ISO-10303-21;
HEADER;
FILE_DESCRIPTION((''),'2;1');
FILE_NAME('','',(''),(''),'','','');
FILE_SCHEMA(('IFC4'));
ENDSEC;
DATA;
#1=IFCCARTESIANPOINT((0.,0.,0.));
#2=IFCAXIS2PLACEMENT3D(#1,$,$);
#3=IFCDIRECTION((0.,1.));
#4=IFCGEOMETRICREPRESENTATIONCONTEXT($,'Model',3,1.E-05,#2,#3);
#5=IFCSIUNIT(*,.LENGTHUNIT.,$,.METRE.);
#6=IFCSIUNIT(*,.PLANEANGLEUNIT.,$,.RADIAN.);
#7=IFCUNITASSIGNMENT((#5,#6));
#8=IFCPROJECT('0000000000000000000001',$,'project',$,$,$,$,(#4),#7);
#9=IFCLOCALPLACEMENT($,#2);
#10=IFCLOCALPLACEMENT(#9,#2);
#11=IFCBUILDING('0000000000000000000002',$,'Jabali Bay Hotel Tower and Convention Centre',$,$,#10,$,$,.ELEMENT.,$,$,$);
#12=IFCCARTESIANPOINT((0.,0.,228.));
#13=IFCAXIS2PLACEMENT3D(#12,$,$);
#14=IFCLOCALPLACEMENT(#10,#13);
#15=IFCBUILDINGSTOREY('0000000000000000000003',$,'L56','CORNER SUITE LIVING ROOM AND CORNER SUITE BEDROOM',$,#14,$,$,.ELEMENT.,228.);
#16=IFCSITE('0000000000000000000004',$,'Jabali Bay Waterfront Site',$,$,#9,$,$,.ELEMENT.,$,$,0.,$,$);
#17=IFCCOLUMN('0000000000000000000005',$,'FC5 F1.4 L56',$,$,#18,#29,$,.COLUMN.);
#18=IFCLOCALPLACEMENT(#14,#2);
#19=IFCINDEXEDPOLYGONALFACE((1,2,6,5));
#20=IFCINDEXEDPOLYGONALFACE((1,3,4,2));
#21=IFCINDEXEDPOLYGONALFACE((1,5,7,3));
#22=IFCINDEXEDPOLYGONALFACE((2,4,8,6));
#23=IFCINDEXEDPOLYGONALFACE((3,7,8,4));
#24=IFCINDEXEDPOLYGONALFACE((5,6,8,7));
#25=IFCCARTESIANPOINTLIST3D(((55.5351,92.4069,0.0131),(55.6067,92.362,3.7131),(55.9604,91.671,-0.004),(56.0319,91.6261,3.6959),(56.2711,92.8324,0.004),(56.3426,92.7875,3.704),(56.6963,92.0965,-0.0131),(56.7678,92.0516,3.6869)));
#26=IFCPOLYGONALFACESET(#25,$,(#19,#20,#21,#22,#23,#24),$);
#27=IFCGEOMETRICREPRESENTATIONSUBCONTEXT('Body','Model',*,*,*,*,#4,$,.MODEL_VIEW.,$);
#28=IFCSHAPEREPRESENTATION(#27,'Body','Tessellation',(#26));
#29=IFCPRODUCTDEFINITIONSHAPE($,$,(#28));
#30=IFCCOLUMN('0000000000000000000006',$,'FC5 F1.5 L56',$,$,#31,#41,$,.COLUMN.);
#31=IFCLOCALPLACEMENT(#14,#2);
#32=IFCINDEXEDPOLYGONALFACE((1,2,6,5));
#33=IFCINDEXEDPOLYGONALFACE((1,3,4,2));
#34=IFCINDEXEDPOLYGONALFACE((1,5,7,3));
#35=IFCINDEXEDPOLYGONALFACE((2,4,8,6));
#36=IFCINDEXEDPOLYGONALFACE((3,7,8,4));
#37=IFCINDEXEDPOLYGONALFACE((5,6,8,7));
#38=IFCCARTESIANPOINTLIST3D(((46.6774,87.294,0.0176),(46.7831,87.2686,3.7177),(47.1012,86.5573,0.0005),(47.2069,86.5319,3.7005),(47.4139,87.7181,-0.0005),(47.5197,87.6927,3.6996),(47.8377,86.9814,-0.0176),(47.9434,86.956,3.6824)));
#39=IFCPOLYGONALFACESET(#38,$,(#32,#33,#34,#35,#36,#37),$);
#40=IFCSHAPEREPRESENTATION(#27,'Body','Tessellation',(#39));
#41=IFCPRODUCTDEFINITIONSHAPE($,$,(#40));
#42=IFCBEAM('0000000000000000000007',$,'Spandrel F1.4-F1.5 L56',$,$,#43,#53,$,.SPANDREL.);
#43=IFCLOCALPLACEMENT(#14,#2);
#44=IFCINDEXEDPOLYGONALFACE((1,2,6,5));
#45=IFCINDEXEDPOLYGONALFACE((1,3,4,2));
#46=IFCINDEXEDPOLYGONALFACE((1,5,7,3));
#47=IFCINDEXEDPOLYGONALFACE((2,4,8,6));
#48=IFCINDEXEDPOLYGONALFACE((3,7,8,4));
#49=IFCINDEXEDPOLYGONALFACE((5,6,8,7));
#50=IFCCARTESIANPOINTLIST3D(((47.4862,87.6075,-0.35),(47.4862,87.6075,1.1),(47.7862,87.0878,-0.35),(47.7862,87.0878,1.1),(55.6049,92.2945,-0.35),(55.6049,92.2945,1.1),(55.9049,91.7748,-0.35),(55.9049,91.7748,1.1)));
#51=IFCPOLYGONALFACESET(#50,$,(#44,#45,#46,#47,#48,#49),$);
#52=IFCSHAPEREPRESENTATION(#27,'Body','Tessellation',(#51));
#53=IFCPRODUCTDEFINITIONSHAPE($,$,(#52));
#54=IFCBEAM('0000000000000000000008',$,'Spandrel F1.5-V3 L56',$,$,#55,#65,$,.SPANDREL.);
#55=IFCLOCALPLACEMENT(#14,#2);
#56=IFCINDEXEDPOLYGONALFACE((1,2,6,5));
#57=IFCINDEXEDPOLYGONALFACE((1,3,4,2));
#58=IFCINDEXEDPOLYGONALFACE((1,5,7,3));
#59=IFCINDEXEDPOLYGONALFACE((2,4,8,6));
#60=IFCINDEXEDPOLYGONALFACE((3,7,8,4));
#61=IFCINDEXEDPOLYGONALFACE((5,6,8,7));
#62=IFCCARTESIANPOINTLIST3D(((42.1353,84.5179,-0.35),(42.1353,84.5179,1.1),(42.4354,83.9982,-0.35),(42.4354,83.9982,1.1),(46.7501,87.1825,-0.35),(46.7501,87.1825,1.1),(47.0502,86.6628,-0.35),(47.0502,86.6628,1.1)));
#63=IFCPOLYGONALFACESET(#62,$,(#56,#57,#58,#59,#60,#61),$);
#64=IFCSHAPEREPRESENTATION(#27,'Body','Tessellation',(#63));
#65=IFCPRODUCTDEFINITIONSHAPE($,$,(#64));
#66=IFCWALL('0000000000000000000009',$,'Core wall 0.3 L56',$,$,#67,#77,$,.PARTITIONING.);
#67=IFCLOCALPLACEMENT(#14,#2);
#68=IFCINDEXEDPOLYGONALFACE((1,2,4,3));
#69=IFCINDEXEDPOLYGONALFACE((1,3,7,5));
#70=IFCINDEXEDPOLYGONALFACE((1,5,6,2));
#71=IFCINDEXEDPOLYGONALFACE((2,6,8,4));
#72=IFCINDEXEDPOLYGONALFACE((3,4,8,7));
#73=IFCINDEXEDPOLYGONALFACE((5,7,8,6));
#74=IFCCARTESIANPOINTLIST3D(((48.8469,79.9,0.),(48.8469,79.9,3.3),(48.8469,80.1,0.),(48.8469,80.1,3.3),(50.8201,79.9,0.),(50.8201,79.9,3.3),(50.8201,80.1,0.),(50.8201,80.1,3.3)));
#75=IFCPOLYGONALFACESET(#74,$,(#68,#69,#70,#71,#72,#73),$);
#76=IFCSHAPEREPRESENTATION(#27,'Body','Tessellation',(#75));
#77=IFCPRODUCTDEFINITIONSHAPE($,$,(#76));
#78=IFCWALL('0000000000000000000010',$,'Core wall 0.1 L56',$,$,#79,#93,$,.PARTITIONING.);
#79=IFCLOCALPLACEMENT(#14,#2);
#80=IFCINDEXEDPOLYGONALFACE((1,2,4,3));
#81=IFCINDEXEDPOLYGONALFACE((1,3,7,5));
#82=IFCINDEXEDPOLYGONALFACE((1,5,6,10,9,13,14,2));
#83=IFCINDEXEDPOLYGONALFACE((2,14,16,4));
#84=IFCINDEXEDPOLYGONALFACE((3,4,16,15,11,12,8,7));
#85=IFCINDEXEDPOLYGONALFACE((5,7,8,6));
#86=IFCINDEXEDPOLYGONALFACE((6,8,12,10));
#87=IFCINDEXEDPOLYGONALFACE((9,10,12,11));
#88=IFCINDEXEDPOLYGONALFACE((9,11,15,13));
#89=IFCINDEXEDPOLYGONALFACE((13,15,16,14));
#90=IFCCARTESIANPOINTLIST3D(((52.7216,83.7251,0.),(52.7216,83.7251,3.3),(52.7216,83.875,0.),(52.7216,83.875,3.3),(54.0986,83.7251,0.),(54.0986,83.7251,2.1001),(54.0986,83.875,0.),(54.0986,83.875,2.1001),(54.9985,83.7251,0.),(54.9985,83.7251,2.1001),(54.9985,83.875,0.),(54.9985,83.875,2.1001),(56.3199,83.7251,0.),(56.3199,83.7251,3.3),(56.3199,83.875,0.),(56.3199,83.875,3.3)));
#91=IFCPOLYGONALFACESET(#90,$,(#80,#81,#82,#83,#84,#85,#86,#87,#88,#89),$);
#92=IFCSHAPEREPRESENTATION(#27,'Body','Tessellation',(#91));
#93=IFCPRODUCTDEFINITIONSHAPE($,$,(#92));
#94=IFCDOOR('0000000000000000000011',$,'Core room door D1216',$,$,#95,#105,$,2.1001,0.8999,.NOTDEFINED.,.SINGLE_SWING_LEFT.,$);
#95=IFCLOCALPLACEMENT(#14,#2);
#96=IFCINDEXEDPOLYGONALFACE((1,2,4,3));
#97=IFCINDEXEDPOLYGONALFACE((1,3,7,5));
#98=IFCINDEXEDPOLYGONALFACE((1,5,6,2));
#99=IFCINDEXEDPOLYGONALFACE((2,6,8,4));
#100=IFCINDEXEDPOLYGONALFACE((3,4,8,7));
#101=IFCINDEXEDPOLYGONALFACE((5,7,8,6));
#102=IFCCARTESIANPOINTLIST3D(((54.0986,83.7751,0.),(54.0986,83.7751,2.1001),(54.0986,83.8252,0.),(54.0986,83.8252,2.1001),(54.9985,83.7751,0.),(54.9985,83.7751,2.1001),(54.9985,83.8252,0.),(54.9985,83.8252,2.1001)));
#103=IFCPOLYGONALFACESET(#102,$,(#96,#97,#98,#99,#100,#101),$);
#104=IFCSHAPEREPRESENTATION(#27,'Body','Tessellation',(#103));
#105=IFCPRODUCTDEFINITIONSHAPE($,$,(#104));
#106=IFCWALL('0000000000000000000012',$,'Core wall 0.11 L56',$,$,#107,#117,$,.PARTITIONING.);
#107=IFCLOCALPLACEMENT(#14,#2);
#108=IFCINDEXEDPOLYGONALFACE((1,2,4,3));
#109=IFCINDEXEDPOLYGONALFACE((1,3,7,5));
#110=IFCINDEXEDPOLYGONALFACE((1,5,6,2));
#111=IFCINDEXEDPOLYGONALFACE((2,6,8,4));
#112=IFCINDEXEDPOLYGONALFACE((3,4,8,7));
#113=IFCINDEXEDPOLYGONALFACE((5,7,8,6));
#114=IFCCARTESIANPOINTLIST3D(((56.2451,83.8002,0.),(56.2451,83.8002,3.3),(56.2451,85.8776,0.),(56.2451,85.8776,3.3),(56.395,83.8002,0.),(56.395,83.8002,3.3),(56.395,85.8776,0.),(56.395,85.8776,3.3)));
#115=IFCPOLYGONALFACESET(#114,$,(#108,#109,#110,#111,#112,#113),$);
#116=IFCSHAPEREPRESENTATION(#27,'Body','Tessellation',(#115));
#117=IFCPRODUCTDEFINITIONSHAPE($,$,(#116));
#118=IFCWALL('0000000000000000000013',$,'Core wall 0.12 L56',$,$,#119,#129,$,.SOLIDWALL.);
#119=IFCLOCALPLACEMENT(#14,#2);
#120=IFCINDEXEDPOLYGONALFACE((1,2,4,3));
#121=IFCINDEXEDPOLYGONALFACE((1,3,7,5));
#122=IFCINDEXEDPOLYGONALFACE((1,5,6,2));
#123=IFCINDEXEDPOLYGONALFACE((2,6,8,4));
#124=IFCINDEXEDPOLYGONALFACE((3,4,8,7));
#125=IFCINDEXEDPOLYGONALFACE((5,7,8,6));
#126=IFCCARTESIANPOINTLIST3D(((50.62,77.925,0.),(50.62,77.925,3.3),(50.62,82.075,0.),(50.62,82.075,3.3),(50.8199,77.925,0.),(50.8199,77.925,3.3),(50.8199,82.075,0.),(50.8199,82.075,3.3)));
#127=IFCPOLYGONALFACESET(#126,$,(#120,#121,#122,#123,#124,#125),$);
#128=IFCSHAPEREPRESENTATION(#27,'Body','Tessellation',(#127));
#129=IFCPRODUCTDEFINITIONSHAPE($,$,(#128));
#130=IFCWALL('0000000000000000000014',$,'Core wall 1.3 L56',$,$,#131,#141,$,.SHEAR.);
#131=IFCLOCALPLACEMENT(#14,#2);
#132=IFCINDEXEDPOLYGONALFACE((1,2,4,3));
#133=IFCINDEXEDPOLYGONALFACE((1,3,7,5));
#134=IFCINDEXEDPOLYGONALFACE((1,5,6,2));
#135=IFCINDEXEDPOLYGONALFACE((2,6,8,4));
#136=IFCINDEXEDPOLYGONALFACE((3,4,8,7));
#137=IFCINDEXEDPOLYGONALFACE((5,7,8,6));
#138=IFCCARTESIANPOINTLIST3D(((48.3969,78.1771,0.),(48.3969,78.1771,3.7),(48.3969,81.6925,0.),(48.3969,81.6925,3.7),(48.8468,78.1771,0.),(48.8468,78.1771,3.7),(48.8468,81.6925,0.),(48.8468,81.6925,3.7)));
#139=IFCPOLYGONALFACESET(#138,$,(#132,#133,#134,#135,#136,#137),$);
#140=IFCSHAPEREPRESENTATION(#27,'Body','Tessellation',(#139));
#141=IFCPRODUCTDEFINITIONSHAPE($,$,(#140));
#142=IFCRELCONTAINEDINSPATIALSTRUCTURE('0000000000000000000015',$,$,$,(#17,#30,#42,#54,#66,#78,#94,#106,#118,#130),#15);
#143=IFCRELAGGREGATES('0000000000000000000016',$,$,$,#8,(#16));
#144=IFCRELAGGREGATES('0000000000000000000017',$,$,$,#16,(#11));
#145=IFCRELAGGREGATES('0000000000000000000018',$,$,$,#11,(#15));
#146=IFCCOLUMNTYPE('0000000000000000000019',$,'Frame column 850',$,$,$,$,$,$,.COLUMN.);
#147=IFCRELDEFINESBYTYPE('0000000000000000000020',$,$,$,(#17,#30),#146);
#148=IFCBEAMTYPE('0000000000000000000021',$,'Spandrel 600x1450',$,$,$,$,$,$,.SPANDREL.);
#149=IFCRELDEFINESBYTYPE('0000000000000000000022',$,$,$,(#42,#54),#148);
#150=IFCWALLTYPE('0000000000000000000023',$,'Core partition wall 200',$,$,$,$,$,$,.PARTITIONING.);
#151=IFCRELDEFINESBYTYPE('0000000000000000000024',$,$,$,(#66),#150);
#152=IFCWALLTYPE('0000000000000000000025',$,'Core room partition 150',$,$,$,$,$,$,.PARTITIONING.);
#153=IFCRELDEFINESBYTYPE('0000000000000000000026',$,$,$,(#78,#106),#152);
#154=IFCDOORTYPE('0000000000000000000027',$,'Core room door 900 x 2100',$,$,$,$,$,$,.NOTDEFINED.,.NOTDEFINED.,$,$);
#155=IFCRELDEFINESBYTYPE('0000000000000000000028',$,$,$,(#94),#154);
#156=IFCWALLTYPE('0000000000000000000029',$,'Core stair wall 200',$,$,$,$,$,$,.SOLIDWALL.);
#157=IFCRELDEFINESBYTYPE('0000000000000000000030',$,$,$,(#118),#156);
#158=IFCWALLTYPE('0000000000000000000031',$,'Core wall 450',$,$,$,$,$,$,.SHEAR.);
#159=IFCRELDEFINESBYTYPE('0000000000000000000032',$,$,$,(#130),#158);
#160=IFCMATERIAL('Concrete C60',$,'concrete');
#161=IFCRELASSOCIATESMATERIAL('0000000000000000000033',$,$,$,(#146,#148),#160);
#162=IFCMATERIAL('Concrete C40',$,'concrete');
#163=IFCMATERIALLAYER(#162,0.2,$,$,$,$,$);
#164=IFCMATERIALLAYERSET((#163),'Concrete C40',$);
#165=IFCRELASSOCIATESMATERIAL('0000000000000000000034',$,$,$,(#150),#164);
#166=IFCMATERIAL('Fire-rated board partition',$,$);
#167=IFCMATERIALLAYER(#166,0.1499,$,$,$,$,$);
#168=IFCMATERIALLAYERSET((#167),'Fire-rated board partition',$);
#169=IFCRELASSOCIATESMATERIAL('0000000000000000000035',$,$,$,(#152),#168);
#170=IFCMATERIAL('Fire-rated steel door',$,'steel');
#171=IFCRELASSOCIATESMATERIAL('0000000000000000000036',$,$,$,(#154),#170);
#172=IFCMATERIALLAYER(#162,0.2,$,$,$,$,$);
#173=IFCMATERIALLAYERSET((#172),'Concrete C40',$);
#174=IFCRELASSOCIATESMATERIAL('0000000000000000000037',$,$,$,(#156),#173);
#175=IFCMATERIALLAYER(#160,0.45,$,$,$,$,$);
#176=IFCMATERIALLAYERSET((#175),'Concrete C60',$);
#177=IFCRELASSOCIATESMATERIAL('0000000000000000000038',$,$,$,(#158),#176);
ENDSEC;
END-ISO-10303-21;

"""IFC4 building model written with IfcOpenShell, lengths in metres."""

from ifc_helpers import new_model, si_unit, direction, frame, frame_2d, origin, origin_2d, place, context, subcontext, project, spatial, rectangle, extrude, material, layer, layer_set, material_profile, profile_set, type_object, element, fill, save


model = new_model("IFC4")

# Units and contexts
model_context = context("Model", 3, precision=1e-05, world=origin(), true_north=direction((0.0, 1.0)))
body_context = subcontext(model_context, "Body", "Model", "MODEL_VIEW")
ifc_project = project(units=[si_unit("LENGTHUNIT", "METRE"), si_unit("PLANEANGLEUNIT", "RADIAN")], contexts=[model_context])

# Site, building, storey
site_placement = place(None, origin())
site = spatial("IfcSite", under=ifc_project, at=site_placement, Name="Jabali Bay Waterfront Site", CompositionType="ELEMENT", RefElevation=0.0)
building_placement = place(site_placement, origin())
building = spatial("IfcBuilding", under=site, at=building_placement, Name="Jabali Bay Hotel Tower and Convention Centre", CompositionType="ELEMENT")
storey_placement = place(building_placement, frame((0.0, 0.0, 228.0)))
storey = spatial("IfcBuildingStorey", under=building, at=storey_placement, Name="L56", Description="CORNER SUITE LIVING ROOM AND CORNER SUITE BEDROOM", CompositionType="ELEMENT", Elevation=228.0)

# Columns
ifc_material_1 = material(Name="Concrete C60", Category="concrete")
ifc_material_profile_1 = material_profile(ifc_material_1, rectangle(XDim=0.8501, YDim=0.8501, at=origin_2d()), Name="Frame column 850")
ifc_profile_set_1 = profile_set([ifc_material_profile_1], Name="Concrete C60")
column_type = type_object("IfcColumnType", Name="Frame column 850", PredefinedType="COLUMN", material=ifc_profile_set_1)
column_1_placement = place(storey_placement, frame((56.1157, 92.2517, 0.0), z_axis=(0.019329, -0.012138, 0.99974), x_axis=(-0.500206, 0.865671, 0.020181)))
element("IfcColumn", 1, at=column_1_placement, inside=storey, type_object=column_type, Name="FC5 F1.4 L56", PredefinedType="COLUMN", context=body_context, shape_type="SweptSolid", body=[
    extrude(rectangle(XDim=0.8501, YDim=0.8501, at=origin_2d()), origin(), (0.0, 0.0, 1.0), 3.7009),
])
column_2_placement = place(storey_placement, frame((47.2576, 87.1377, 0.0), z_axis=(0.028559, -0.006859, 0.999569), x_axis=(-0.498515, 0.866646, 0.020191)))
element("IfcColumn", 2, at=column_2_placement, inside=storey, type_object=column_type, Name="FC5 F1.5 L56", PredefinedType="COLUMN", context=body_context, shape_type="SweptSolid", body=[
    extrude(rectangle(XDim=0.8501, YDim=0.8501, at=origin_2d()), origin(), (0.0, 0.0, 1.0), 3.7017),
])

# Beams
ifc_material_profile_2 = material_profile(ifc_material_1, rectangle(XDim=0.6001, YDim=1.45, at=origin_2d()), Name="Spandrel 600x1450")
ifc_profile_set_2 = profile_set([ifc_material_profile_2], Name="Concrete C60")
beam_type = type_object("IfcBeamType", Name="Spandrel 600x1450", PredefinedType="SPANDREL", material=ifc_profile_set_2)
beam_1_placement = place(storey_placement, frame((55.7549, 92.0347, 0.375), z_axis=(-0.866039, -0.499976, 0.0), x_axis=(0.499976, -0.866039, 0.0)))
element("IfcBeam", 3, at=beam_1_placement, inside=storey, type_object=beam_type, Name="Spandrel F1.4-F1.5 L56", PredefinedType="SPANDREL", context=body_context, shape_type="SweptSolid", body=[
    extrude(rectangle(XDim=0.6001, YDim=1.45, at=origin_2d()), origin(), (0.0, 0.0, 1.0), 9.3745),
])
beam_2_placement = place(storey_placement, frame((46.9001, 86.9226, 0.375), z_axis=(-0.866007, -0.500032, 0.0), x_axis=(0.500032, -0.866007, 0.0)))
element("IfcBeam", 4, at=beam_2_placement, inside=storey, type_object=beam_type, Name="Spandrel F1.5-V3 L56", PredefinedType="SPANDREL", context=body_context, shape_type="SweptSolid", body=[
    extrude(rectangle(XDim=0.6001, YDim=1.45, at=origin_2d()), origin(), (0.0, 0.0, 1.0), 5.3289),
])

# Wall
ifc_material_2 = material(Name="Concrete C40", Category="concrete")
ifc_layer_1 = layer(ifc_material_2, 0.2)
ifc_layer_set_1 = layer_set([ifc_layer_1], Name="Concrete C40")
wall_type_1 = type_object("IfcWallType", Name="Core partition wall 200", PredefinedType="PARTITIONING", material=ifc_layer_set_1)
wall_1_placement = place(storey_placement, frame((50.8201, 80.0, 0.0), z_axis=(0.0, 0.0, 1.0), x_axis=(-1.0, 0.0, 0.0)))
element("IfcWall", 5, at=wall_1_placement, inside=storey, type_object=wall_type_1, Name="Core wall 0.3 L56", PredefinedType="PARTITIONING", context=body_context, shape_type="SweptSolid", body=[
    extrude(rectangle(XDim=1.9731, YDim=0.2, at=frame_2d((0.9866, 0.0))), origin(), (0.0, 0.0, 1.0), 3.3),
])

# Wall, opening, door
ifc_material_3 = material(Name="Fire-rated board partition")
ifc_layer_2 = layer(ifc_material_3, 0.1499)
ifc_layer_set_2 = layer_set([ifc_layer_2], Name="Fire-rated board partition")
wall_type_2 = type_object("IfcWallType", Name="Core room partition 150", PredefinedType="PARTITIONING", material=ifc_layer_set_2)
wall_2_placement = place(storey_placement, frame((56.3201, 83.8, 0.0), z_axis=(0.0, 0.0, 1.0), x_axis=(-1.0, 0.0, 0.0)))
wall_2 = element("IfcWall", 6, at=wall_2_placement, inside=storey, type_object=wall_type_2, Name="Core wall 0.1 L56", PredefinedType="PARTITIONING", context=body_context, shape_type="SweptSolid", body=[
    extrude(rectangle(XDim=3.5984, YDim=0.1499, at=frame_2d((1.7993, 0.0))), origin(), (0.0, 0.0, 1.0), 3.3),
])
opening_placement = place(wall_2_placement, frame((1.3215, 0.0, 0.0)))
opening = element("IfcOpeningElement", 7, at=opening_placement, cuts=wall_2, PredefinedType="OPENING", context=body_context, shape_type="SweptSolid", body=[
    extrude(rectangle(XDim=0.8999, YDim=2.1001, at=frame_2d((0.45, 1.05))), frame((0.0, 0.0854, 0.0), z_axis=(0.0, -1.0, 0.0), x_axis=(1.0, 0.0, 0.0)), (0.0, 0.0, 1.0), 0.1709),
])
ifc_material_4 = material(Name="Fire-rated steel door", Category="steel")
door_type = type_object("IfcDoorType", Name="Core room door 900 x 2100", OperationType="NOTDEFINED", PredefinedType="NOTDEFINED", material=ifc_material_4)
door_placement = place(opening_placement, origin())
door = element("IfcDoor", 8, at=door_placement, inside=storey, type_object=door_type, Name="Core room door D1216", OperationType="SINGLE_SWING_LEFT", OverallHeight=2.1001, OverallWidth=0.8999, PredefinedType="NOTDEFINED", context=body_context, shape_type="SweptSolid", body=[
    extrude(rectangle(XDim=0.8999, YDim=2.1001, at=frame_2d((0.45, 1.05))), frame((0.0, 0.0249, 0.0), z_axis=(0.0, -1.0, 0.0), x_axis=(1.0, 0.0, 0.0)), (0.0, 0.0, 1.0), 0.05),
])
fill(opening, door)

# Walls
wall_3_placement = place(storey_placement, frame((56.3201, 85.8774, 0.0), z_axis=(0.0, 0.0, 1.0), x_axis=(0.0, -1.0, 0.0)))
element("IfcWall", 9, at=wall_3_placement, inside=storey, type_object=wall_type_2, Name="Core wall 0.11 L56", PredefinedType="PARTITIONING", context=body_context, shape_type="SweptSolid", body=[
    extrude(rectangle(XDim=2.0774, YDim=0.1499, at=frame_2d((1.0386, 0.0))), origin(), (0.0, 0.0, 1.0), 3.3),
])
ifc_layer_3 = layer(ifc_material_2, 0.2)
ifc_layer_set_3 = layer_set([ifc_layer_3], Name="Concrete C40")
wall_type_3 = type_object("IfcWallType", Name="Core stair wall 200", PredefinedType="SOLIDWALL", material=ifc_layer_set_3)
wall_4_placement = place(storey_placement, frame((50.72, 82.075, 0.0), z_axis=(0.0, 0.0, 1.0), x_axis=(0.0, -1.0, 0.0)))
element("IfcWall", 10, at=wall_4_placement, inside=storey, type_object=wall_type_3, Name="Core wall 0.12 L56", PredefinedType="SOLIDWALL", context=body_context, shape_type="SweptSolid", body=[
    extrude(rectangle(XDim=4.1499, YDim=0.2, at=frame_2d((2.075, 0.0))), origin(), (0.0, 0.0, 1.0), 3.3),
])
ifc_layer_4 = layer(ifc_material_1, 0.45)
ifc_layer_set_4 = layer_set([ifc_layer_4], Name="Concrete C60")
wall_type_4 = type_object("IfcWallType", Name="Core wall 450", PredefinedType="SHEAR", material=ifc_layer_set_4)
wall_5_placement = place(storey_placement, frame((48.6218, 81.6926, 0.0), z_axis=(0.0, 0.0, 1.0), x_axis=(0.0, -1.0, 0.0)))
element("IfcWall", 11, at=wall_5_placement, inside=storey, type_object=wall_type_4, Name="Core wall 1.3 L56", PredefinedType="SHEAR", context=body_context, shape_type="SweptSolid", body=[
    extrude(rectangle(XDim=3.5154, YDim=0.45, at=frame_2d((1.7578, 0.0))), origin(), (0.0, 0.0, 1.0), 3.7),
])

save(model, "model.ifc")
